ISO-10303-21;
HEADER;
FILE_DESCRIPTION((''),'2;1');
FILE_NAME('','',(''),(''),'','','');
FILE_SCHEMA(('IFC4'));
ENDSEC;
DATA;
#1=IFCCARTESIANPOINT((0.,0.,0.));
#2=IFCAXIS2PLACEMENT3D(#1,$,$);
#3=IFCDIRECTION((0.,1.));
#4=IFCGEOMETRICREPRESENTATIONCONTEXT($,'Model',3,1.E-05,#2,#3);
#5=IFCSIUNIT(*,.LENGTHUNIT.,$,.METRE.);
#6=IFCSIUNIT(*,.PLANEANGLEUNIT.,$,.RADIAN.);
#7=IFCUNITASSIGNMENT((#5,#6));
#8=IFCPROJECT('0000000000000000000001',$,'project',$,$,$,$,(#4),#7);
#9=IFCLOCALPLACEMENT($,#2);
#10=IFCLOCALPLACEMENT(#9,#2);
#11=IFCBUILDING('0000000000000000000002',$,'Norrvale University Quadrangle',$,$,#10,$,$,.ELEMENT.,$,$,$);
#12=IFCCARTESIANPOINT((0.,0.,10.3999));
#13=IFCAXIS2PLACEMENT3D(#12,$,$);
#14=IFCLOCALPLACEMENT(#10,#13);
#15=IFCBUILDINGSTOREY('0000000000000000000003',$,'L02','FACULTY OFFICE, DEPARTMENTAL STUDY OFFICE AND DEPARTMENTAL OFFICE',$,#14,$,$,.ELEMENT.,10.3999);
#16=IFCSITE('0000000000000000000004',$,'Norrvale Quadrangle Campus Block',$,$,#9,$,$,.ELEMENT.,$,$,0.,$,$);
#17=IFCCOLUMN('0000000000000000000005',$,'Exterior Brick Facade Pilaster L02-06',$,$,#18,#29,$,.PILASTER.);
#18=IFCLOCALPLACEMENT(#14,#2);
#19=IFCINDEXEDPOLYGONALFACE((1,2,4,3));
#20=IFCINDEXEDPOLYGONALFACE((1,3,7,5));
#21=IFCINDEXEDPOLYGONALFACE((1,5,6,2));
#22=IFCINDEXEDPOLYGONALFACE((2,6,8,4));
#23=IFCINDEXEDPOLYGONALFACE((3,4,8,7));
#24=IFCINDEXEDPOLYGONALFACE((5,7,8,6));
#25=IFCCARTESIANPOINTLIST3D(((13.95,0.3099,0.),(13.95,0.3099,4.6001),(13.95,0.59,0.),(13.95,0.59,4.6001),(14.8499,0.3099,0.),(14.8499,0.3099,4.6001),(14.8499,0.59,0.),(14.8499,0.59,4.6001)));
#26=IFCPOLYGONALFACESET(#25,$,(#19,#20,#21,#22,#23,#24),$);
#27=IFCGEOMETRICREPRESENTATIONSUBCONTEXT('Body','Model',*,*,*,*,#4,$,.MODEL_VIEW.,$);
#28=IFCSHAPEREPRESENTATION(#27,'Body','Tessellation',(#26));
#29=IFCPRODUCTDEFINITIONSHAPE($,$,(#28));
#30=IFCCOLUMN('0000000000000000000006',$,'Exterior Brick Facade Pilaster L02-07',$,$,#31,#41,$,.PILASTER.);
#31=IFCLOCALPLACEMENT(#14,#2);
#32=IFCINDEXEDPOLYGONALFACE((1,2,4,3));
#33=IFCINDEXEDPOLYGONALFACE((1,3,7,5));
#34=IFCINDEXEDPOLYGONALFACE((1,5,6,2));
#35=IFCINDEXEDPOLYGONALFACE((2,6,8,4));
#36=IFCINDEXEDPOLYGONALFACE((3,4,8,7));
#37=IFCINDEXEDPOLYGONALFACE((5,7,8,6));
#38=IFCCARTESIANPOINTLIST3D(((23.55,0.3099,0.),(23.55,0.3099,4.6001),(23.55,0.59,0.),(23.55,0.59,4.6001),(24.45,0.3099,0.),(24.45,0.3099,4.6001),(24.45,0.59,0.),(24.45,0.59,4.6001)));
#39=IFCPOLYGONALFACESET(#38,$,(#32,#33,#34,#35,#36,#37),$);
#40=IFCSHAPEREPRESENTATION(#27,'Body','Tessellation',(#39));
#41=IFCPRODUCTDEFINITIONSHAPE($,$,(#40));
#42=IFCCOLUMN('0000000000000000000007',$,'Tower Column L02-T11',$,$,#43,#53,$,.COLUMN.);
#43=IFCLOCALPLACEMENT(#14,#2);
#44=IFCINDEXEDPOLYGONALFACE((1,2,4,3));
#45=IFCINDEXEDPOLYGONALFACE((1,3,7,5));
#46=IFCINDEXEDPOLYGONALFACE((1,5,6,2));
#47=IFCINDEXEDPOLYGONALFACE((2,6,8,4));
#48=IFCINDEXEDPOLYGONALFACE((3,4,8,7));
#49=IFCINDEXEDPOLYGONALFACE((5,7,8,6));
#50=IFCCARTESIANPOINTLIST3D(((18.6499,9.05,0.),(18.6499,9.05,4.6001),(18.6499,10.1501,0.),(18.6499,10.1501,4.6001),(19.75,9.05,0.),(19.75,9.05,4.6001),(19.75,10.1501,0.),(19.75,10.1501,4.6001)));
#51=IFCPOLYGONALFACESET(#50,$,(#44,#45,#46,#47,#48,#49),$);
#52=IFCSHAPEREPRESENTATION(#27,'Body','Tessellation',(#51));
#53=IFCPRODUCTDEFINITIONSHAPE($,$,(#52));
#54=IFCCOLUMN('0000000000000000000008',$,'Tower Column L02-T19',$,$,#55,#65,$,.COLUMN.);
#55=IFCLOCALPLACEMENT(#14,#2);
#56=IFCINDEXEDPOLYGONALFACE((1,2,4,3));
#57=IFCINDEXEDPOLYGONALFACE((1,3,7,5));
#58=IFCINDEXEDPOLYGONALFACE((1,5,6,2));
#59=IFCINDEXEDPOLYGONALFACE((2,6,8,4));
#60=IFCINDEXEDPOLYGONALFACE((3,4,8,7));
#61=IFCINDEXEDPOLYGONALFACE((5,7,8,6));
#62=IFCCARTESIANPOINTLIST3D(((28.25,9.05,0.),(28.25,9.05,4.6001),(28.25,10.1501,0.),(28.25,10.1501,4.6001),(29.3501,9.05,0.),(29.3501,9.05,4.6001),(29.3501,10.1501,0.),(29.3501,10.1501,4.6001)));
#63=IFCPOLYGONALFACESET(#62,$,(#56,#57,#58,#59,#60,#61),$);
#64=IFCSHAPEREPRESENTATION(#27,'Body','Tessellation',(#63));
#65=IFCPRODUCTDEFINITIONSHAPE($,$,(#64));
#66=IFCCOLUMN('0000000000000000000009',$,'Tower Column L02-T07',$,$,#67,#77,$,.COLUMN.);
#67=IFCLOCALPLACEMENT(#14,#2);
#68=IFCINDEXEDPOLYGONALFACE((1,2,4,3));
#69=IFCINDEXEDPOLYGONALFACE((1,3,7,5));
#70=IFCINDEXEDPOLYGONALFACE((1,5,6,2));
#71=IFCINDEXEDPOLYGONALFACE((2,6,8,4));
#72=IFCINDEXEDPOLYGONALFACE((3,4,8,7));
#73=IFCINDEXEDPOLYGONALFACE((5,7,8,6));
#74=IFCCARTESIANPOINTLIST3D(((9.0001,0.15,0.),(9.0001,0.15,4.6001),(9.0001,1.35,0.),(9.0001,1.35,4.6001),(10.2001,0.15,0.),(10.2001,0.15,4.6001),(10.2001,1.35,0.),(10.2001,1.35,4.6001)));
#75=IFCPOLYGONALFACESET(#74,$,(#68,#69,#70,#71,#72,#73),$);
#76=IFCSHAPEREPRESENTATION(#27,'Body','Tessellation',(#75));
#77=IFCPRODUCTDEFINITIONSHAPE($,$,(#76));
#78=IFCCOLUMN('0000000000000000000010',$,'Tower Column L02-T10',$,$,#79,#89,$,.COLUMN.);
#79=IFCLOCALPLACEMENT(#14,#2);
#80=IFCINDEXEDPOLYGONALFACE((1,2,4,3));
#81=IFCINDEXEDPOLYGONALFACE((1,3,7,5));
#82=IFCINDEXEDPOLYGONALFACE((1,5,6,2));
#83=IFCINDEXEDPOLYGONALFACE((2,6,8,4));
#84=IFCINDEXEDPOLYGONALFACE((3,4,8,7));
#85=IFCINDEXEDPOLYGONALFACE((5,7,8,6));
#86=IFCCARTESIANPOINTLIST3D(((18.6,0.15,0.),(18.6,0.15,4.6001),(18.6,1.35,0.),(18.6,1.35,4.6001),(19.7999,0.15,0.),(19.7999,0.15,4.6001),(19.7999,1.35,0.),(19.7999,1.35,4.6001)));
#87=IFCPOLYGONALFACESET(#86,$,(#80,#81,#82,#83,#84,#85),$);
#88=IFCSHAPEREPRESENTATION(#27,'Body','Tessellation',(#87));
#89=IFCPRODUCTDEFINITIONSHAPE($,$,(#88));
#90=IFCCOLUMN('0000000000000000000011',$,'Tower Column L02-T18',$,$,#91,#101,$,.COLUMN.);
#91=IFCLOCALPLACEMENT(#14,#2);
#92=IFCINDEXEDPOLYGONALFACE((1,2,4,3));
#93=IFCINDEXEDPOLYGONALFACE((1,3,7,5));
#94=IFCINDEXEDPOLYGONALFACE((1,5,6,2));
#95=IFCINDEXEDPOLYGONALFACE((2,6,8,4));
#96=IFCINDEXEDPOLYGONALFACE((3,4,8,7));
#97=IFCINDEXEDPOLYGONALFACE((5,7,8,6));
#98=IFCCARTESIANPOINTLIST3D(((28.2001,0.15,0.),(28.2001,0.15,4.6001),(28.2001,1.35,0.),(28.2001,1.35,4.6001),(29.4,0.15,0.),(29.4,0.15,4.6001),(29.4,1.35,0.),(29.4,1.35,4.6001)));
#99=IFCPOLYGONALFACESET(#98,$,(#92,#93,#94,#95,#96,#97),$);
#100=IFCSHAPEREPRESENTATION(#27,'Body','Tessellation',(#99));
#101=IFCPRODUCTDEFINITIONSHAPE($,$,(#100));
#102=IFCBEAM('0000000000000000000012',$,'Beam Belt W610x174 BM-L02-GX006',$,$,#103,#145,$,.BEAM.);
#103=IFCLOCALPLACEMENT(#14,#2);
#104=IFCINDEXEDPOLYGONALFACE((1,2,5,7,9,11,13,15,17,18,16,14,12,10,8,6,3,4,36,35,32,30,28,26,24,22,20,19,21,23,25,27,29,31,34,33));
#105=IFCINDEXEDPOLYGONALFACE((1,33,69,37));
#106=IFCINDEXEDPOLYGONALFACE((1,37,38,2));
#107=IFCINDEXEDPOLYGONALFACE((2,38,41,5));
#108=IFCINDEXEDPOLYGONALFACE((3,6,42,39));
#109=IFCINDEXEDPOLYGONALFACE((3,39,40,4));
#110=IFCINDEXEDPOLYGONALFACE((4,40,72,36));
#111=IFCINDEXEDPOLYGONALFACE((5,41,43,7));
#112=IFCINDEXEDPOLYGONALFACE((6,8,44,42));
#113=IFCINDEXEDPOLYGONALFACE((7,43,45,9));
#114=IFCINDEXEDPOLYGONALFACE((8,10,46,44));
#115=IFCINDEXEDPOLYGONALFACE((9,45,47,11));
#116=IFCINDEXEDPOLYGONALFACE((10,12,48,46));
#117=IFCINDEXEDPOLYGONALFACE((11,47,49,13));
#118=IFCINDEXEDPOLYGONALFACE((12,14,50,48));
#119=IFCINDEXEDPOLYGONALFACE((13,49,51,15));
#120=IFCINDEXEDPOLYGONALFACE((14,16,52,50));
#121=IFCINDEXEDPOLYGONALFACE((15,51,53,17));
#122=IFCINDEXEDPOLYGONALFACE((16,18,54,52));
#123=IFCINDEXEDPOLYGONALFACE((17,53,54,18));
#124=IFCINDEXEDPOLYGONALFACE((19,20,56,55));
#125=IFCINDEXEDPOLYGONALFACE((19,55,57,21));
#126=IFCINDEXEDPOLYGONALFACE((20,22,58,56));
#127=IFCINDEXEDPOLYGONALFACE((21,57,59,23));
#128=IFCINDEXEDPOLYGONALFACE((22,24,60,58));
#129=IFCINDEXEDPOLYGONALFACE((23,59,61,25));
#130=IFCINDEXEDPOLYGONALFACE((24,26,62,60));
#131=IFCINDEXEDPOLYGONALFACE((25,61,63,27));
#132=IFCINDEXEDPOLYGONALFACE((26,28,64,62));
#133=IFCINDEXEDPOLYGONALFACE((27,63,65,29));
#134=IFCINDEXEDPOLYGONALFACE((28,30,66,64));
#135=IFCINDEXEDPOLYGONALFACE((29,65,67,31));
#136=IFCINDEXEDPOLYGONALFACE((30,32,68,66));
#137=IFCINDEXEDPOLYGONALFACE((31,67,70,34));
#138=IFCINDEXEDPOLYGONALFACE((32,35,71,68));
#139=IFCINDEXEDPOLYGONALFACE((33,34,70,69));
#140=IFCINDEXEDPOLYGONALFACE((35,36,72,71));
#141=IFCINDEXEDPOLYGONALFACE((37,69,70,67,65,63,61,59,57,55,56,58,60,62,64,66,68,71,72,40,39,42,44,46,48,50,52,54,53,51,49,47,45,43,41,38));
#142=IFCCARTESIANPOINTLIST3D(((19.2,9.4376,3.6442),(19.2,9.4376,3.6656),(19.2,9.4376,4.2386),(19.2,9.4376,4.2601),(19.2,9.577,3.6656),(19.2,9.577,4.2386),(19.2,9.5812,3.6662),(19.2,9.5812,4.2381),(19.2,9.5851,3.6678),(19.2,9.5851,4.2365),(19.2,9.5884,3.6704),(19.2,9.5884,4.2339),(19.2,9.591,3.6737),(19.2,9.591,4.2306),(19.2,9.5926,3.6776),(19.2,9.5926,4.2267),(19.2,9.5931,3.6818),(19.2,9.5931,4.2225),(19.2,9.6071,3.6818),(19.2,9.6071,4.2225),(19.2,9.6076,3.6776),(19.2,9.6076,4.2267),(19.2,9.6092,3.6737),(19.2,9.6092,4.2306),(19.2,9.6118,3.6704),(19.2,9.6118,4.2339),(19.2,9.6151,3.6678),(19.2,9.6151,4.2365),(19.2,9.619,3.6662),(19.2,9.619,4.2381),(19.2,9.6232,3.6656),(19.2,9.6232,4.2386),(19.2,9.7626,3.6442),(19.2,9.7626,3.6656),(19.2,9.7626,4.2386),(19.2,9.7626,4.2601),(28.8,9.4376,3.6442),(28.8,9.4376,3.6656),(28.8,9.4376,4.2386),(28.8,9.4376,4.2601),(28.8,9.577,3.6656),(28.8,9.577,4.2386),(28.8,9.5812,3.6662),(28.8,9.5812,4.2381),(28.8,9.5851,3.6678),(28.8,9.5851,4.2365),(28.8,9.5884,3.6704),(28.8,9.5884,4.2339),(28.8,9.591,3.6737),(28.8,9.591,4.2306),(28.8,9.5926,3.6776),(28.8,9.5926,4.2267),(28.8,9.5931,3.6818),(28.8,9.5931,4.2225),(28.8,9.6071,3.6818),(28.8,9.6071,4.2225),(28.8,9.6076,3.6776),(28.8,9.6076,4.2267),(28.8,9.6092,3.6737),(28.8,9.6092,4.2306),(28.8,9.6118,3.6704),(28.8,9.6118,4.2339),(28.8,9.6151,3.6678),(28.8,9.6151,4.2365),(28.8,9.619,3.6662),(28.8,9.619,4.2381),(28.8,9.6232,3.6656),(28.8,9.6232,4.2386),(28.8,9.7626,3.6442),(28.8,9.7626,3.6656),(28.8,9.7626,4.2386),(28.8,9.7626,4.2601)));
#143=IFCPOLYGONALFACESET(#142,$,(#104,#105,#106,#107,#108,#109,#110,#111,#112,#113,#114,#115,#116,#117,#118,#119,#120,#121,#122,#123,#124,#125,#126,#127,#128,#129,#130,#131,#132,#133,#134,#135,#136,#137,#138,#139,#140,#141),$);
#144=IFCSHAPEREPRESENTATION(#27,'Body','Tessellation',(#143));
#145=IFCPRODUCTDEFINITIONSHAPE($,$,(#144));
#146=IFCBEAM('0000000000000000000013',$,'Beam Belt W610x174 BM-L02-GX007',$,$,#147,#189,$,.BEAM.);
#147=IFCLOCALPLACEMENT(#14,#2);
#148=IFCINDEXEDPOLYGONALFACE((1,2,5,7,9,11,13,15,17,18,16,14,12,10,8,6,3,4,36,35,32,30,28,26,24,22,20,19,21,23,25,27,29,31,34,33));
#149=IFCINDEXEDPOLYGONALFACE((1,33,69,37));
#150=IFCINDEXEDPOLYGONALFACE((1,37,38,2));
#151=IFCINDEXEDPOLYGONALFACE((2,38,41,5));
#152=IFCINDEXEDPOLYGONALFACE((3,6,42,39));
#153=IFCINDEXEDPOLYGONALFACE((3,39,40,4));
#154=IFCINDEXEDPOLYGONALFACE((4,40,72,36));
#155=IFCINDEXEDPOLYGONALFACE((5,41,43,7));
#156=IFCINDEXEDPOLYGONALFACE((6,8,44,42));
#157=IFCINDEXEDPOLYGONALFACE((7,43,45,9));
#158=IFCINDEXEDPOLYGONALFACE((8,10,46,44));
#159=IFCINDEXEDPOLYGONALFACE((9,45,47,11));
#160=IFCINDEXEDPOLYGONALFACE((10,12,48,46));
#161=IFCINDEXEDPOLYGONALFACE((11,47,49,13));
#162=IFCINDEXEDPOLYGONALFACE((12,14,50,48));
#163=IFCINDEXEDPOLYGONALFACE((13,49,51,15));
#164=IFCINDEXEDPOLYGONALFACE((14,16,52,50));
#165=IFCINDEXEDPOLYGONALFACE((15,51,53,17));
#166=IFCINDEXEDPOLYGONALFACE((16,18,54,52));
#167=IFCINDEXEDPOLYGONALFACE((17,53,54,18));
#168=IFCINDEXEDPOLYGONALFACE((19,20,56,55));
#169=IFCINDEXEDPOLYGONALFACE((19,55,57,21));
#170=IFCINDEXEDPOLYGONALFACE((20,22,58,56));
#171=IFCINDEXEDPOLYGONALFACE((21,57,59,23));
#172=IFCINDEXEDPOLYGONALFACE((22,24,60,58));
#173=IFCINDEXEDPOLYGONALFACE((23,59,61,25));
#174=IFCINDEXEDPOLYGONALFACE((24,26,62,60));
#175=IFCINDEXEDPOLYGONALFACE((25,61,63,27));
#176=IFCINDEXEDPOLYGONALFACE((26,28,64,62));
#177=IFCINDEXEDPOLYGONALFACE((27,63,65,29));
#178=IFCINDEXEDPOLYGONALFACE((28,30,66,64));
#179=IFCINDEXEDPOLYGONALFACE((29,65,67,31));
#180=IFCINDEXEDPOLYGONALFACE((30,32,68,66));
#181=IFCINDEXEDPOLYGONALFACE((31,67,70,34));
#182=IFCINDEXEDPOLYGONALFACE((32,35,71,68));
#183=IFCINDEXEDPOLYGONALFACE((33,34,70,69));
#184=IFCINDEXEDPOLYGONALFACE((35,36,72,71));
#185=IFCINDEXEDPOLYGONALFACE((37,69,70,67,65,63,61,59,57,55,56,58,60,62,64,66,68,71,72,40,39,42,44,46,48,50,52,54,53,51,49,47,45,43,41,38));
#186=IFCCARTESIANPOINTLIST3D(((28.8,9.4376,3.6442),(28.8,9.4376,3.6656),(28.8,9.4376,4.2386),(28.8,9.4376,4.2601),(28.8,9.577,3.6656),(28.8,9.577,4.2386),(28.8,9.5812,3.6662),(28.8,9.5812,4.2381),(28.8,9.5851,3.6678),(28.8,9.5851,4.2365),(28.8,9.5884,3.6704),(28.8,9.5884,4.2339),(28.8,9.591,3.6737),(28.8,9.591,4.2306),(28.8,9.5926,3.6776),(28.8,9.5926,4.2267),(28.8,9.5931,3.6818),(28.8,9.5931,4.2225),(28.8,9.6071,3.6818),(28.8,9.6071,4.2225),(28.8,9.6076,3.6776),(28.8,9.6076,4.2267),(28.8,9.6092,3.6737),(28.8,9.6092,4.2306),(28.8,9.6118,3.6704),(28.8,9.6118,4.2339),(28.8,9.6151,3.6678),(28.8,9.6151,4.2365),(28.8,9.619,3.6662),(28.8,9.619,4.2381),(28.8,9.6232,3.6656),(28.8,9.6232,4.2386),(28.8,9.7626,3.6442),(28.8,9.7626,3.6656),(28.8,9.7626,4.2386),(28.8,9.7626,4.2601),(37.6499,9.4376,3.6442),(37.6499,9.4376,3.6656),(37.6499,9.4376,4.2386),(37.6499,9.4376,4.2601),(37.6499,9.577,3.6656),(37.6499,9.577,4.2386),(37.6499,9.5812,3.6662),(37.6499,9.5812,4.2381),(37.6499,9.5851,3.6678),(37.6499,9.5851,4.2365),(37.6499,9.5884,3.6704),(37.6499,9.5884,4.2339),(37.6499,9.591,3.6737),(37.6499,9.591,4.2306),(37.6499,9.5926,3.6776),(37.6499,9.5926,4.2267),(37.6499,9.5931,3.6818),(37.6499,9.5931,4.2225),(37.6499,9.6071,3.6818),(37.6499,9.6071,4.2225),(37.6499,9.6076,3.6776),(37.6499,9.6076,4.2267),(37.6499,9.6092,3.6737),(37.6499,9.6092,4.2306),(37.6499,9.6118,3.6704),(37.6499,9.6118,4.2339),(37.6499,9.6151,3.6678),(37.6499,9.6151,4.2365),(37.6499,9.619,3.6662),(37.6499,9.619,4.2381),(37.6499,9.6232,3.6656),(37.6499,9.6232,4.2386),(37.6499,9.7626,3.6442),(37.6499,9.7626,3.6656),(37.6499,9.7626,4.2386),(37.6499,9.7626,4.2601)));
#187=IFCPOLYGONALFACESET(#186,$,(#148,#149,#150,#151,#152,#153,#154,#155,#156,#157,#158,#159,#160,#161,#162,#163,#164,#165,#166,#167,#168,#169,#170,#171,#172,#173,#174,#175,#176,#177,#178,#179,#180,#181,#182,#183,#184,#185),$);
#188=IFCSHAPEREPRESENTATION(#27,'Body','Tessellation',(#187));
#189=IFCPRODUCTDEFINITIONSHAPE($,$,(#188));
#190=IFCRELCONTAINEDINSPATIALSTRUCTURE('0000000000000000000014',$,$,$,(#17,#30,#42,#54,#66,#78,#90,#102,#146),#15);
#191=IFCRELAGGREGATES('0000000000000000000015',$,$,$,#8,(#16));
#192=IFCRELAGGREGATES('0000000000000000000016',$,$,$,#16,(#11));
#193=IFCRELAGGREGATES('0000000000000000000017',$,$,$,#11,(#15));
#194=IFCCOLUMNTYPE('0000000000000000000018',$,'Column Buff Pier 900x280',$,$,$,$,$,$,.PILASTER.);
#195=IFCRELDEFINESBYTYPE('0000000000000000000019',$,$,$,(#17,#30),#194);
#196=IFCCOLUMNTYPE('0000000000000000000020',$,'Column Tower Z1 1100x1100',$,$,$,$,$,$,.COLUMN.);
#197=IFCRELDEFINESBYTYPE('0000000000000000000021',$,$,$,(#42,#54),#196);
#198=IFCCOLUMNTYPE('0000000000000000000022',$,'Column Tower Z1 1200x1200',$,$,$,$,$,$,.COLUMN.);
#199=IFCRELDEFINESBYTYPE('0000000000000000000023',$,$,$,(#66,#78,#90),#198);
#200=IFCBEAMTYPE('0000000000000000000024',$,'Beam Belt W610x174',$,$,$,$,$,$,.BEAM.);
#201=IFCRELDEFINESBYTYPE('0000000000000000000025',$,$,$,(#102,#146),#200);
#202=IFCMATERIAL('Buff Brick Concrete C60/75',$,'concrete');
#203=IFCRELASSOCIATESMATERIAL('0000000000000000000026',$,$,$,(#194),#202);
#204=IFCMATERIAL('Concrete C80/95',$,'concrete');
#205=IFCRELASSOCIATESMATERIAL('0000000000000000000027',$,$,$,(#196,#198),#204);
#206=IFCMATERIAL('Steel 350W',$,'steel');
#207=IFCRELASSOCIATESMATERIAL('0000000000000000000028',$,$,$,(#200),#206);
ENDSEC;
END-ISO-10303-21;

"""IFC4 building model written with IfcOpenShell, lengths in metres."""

from ifc_helpers import new_model, si_unit, direction, frame, origin, origin_2d, place, context, subcontext, project, spatial, rectangle, i_section, extrude, material, material_profile, profile_set, type_object, element, save


model = new_model("IFC4")

# Units and contexts
model_context = context("Model", 3, precision=1e-05, world=origin(), true_north=direction((0.0, 1.0)))
body_context = subcontext(model_context, "Body", "Model", "MODEL_VIEW")
ifc_project = project(units=[si_unit("LENGTHUNIT", "METRE"), si_unit("PLANEANGLEUNIT", "RADIAN")], contexts=[model_context])

# Site, building, storey
site_placement = place(None, origin())
site = spatial("IfcSite", under=ifc_project, at=site_placement, Name="Norrvale Quadrangle Campus Block", CompositionType="ELEMENT", RefElevation=0.0)
building_placement = place(site_placement, origin())
building = spatial("IfcBuilding", under=site, at=building_placement, Name="Norrvale University Quadrangle", CompositionType="ELEMENT")
storey_placement = place(building_placement, frame((0.0, 0.0, 10.3999)))
storey = spatial("IfcBuildingStorey", under=building, at=storey_placement, Name="L02", Description="FACULTY OFFICE, DEPARTMENTAL STUDY OFFICE AND DEPARTMENTAL OFFICE", CompositionType="ELEMENT", Elevation=10.3999)

# Columns
ifc_material_1 = material(Name="Buff Brick Concrete C60/75", Category="concrete")
ifc_material_profile_1 = material_profile(ifc_material_1, rectangle(XDim=0.8999, YDim=0.28, at=origin_2d()), Name="Buff Brick Concrete C60/75")
ifc_profile_set_1 = profile_set([ifc_material_profile_1], Name="Buff Brick Concrete C60/75")
column_type_1 = type_object("IfcColumnType", Name="Column Buff Pier 900x280", PredefinedType="PILASTER", material=ifc_profile_set_1)
for number, where, z_axis, x_axis, name in (
    (1, (14.3999, 0.45, 0.0), (0.0, 0.0, 1.0), (1.0, 0.0, 0.0), "Exterior Brick Facade Pilaster L02-06"),
    (2, (24.0, 0.45, 0.0), (0.0, 0.0, 1.0), (1.0, 0.0, 0.0), "Exterior Brick Facade Pilaster L02-07"),
):
    element("IfcColumn", number, at=place(storey_placement, frame(where, z_axis=z_axis, x_axis=x_axis)), inside=storey, type_object=column_type_1, Name=name, PredefinedType="PILASTER", context=body_context, shape_type="SweptSolid", body=[
        extrude(rectangle(XDim=0.8999, YDim=0.28, at=origin_2d()), origin(), (0.0, 0.0, 1.0), 4.6001),
    ])
ifc_material_2 = material(Name="Concrete C80/95", Category="concrete")
ifc_material_profile_2 = material_profile(ifc_material_2, rectangle(XDim=1.1001, YDim=1.1001, at=origin_2d()), Name="Concrete C80/95")
ifc_profile_set_2 = profile_set([ifc_material_profile_2], Name="Concrete C80/95")
column_type_2 = type_object("IfcColumnType", Name="Column Tower Z1 1100x1100", PredefinedType="COLUMN", material=ifc_profile_set_2)
for number, where, z_axis, x_axis, name in (
    (3, (19.2, 9.6001, 0.0), (0.0, 0.0, 1.0), (1.0, 0.0, 0.0), "Tower Column L02-T11"),
    (4, (28.8, 9.6001, 0.0), (0.0, 0.0, 1.0), (1.0, 0.0, 0.0), "Tower Column L02-T19"),
):
    element("IfcColumn", number, at=place(storey_placement, frame(where, z_axis=z_axis, x_axis=x_axis)), inside=storey, type_object=column_type_2, Name=name, PredefinedType="COLUMN", context=body_context, shape_type="SweptSolid", body=[
        extrude(rectangle(XDim=1.1001, YDim=1.1001, at=origin_2d()), origin(), (0.0, 0.0, 1.0), 4.6001),
    ])
ifc_material_profile_3 = material_profile(ifc_material_2, rectangle(XDim=1.2, YDim=1.2, at=origin_2d()), Name="Concrete C80/95")
ifc_profile_set_3 = profile_set([ifc_material_profile_3], Name="Concrete C80/95")
column_type_3 = type_object("IfcColumnType", Name="Column Tower Z1 1200x1200", PredefinedType="COLUMN", material=ifc_profile_set_3)
for number, where, z_axis, x_axis, name in (
    (5, (9.6001, 0.75, 0.0), (0.0, 0.0, 1.0), (1.0, 0.0, 0.0), "Tower Column L02-T07"),
    (6, (19.2, 0.75, 0.0), (0.0, 0.0, 1.0), (1.0, 0.0, 0.0), "Tower Column L02-T10"),
    (7, (28.8, 0.75, 0.0), (0.0, 0.0, 1.0), (1.0, 0.0, 0.0), "Tower Column L02-T18"),
):
    element("IfcColumn", number, at=place(storey_placement, frame(where, z_axis=z_axis, x_axis=x_axis)), inside=storey, type_object=column_type_3, Name=name, PredefinedType="COLUMN", context=body_context, shape_type="SweptSolid", body=[
        extrude(rectangle(XDim=1.2, YDim=1.2, at=origin_2d()), origin(), (0.0, 0.0, 1.0), 4.6001),
    ])

# Beams
ifc_material_3 = material(Name="Steel 350W", Category="steel")
ifc_material_profile_4 = material_profile(ifc_material_3, i_section(OverallWidth=0.325, OverallDepth=0.616, WebThickness=0.0139, FlangeThickness=0.0215, FilletRadius=0.0161, at=origin_2d()), Name="Steel 350W")
ifc_profile_set_4 = profile_set([ifc_material_profile_4], Name="Steel 350W")
beam_type_1 = type_object("IfcBeamType", Name="Beam Belt W610x174", PredefinedType="BEAM", material=ifc_profile_set_4)
beam_1_placement = place(storey_placement, frame((19.2, 9.6001, 3.9521), z_axis=(1.0, 0.0, 0.0), x_axis=(0.0, 1.0, 0.0)))
element("IfcBeam", 8, at=beam_1_placement, inside=storey, type_object=beam_type_1, Name="Beam Belt W610x174 BM-L02-GX006", PredefinedType="BEAM", context=body_context, shape_type="SweptSolid", body=[
    extrude(i_section(OverallWidth=0.325, OverallDepth=0.616, WebThickness=0.0139, FlangeThickness=0.0215, FilletRadius=0.0161, at=origin_2d()), origin(), (0.0, 0.0, 1.0), 9.6001),
])
beam_2_placement = place(storey_placement, frame((28.8, 9.6001, 3.9521), z_axis=(1.0, 0.0, 0.0), x_axis=(0.0, 1.0, 0.0)))
element("IfcBeam", 9, at=beam_2_placement, inside=storey, type_object=beam_type_1, Name="Beam Belt W610x174 BM-L02-GX007", PredefinedType="BEAM", context=body_context, shape_type="SweptSolid", body=[
    extrude(i_section(OverallWidth=0.325, OverallDepth=0.616, WebThickness=0.0139, FlangeThickness=0.0215, FilletRadius=0.0161, at=origin_2d()), origin(), (0.0, 0.0, 1.0), 8.8499),
])

save(model, "model.ifc")
